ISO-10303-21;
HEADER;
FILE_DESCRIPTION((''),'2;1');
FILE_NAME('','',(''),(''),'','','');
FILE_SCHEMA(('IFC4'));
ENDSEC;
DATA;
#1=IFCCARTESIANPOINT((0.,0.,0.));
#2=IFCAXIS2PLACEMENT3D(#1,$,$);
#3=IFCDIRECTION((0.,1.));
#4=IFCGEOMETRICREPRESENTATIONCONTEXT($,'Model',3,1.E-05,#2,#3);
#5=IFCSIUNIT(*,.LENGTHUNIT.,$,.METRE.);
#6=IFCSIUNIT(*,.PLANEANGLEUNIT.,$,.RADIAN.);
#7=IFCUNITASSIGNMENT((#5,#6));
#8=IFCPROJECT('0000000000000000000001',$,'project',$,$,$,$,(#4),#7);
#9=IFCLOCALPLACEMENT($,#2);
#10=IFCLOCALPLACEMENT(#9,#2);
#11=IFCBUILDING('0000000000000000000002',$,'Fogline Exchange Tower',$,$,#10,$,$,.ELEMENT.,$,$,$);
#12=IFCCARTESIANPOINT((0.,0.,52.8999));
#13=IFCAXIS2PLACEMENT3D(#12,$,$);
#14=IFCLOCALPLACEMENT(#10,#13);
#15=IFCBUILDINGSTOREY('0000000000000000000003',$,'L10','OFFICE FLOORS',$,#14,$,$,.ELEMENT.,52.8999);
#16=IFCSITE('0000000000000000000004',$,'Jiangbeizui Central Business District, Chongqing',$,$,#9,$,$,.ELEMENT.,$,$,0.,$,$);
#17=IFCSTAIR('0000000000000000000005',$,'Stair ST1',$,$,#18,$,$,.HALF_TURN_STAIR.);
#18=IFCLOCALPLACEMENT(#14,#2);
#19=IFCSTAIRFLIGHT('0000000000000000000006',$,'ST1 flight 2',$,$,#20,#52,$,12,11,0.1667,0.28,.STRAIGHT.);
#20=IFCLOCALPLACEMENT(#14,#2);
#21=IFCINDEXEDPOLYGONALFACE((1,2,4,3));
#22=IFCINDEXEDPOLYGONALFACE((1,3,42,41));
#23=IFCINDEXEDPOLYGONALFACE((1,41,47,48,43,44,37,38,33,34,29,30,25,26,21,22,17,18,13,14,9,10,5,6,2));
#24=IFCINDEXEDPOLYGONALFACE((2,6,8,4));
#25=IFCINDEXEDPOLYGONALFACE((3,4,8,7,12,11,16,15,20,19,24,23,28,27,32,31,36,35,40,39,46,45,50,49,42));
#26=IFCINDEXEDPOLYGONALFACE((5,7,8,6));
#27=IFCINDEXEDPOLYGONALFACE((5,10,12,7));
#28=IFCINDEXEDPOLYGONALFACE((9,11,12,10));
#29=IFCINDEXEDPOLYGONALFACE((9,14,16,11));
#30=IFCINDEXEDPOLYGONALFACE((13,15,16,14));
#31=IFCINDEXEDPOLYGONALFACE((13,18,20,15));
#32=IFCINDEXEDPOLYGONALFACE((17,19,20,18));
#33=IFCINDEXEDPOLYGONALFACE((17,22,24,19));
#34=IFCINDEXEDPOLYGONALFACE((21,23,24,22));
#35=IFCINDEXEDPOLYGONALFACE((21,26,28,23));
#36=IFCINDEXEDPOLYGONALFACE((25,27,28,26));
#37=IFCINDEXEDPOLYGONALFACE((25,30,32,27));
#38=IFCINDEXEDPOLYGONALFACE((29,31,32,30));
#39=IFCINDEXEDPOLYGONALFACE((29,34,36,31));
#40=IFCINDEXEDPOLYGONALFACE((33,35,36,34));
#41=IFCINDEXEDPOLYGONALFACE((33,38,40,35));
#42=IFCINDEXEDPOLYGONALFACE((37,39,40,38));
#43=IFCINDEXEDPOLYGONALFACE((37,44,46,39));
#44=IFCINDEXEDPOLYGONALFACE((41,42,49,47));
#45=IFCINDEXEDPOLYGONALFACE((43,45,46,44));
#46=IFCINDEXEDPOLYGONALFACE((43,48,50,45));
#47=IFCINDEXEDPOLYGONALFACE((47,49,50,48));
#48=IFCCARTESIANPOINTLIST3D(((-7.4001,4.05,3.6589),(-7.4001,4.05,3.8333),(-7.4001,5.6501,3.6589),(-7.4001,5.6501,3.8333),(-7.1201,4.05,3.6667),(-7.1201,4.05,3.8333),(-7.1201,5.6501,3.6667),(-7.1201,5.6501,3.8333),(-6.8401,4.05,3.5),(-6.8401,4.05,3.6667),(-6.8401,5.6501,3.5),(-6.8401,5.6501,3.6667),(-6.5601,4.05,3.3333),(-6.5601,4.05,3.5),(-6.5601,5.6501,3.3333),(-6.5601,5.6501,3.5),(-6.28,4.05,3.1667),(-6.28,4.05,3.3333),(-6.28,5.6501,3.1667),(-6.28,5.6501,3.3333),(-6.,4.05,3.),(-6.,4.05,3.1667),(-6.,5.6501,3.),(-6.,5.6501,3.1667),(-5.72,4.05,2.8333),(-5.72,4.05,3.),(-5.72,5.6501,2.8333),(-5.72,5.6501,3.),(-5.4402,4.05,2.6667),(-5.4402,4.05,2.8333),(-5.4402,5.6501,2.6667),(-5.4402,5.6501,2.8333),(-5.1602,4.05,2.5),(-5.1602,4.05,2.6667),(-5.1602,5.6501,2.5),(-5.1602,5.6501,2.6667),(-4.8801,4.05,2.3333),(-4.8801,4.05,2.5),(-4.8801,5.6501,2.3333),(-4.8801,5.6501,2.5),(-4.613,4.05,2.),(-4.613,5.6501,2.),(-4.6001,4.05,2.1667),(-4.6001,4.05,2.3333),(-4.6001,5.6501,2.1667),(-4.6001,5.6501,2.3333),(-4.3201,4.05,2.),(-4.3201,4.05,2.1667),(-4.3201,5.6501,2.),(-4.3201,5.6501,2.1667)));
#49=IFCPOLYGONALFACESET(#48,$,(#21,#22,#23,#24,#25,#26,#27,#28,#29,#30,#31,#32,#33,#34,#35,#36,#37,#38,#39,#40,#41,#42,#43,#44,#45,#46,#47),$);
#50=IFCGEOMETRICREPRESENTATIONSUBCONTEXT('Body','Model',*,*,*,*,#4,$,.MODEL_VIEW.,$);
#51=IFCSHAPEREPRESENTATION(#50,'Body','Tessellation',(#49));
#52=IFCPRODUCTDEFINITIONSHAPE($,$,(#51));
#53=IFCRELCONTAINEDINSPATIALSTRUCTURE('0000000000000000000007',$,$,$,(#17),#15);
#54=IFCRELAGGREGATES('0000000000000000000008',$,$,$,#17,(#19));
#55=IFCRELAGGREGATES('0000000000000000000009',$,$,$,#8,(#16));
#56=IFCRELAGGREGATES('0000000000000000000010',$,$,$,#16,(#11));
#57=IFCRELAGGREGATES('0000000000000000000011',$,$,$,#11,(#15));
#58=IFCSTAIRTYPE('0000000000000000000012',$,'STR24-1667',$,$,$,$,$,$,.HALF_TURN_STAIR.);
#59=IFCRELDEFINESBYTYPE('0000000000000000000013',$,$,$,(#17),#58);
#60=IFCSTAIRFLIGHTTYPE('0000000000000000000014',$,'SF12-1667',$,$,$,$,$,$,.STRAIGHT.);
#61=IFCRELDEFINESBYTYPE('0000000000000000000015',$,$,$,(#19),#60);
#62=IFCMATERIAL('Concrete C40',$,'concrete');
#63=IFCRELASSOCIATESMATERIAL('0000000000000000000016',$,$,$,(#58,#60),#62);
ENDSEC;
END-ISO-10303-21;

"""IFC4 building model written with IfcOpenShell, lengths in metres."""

from ifc_helpers import new_model, si_unit, direction, frame, origin, place, context, subcontext, project, spatial, polyline, outline, extrude, material, type_object, element, aggregate, save


model = new_model("IFC4")

# Units and contexts
model_context = context("Model", 3, precision=1e-05, world=origin(), true_north=direction((0.0, 1.0)))
body_context = subcontext(model_context, "Body", "Model", "MODEL_VIEW")
ifc_project = project(units=[si_unit("LENGTHUNIT", "METRE"), si_unit("PLANEANGLEUNIT", "RADIAN")], contexts=[model_context])

# Site, building, storey
site_placement = place(None, origin())
site = spatial("IfcSite", under=ifc_project, at=site_placement, Name="Jiangbeizui Central Business District, Chongqing", CompositionType="ELEMENT", RefElevation=0.0)
building_placement = place(site_placement, origin())
building = spatial("IfcBuilding", under=site, at=building_placement, Name="Fogline Exchange Tower", CompositionType="ELEMENT")
storey_placement = place(building_placement, frame((0.0, 0.0, 52.8999)))
storey = spatial("IfcBuildingStorey", under=building, at=storey_placement, Name="L10", Description="OFFICE FLOORS", CompositionType="ELEMENT", Elevation=52.8999)

# Shared definitions
ifc_material_1 = material(Name="Concrete C40", Category="concrete")

# Stair, stair flight
stair_type = type_object("IfcStairType", Name="STR24-1667", PredefinedType="HALF_TURN_STAIR", material=ifc_material_1)
stair_placement = place(storey_placement, origin())
stair = element("IfcStair", 1, at=stair_placement, inside=storey, type_object=stair_type, Name="Stair ST1", PredefinedType="HALF_TURN_STAIR")
stair_flight_type = type_object("IfcStairFlightType", Name="SF12-1667", PredefinedType="STRAIGHT", material=ifc_material_1)
stair_flight_1_placement = place(storey_placement, frame((-4.3201, 4.8501, 2.0), z_axis=(0.0, 0.0, 1.0), x_axis=(-1.0, 0.0, 0.0)))
stair_flight_1 = element("IfcStairFlight", 2, at=stair_flight_1_placement, type_object=stair_flight_type, Name="ST1 flight 2", NumberOfRisers=12, NumberOfTreads=11, PredefinedType="STRAIGHT", RiserHeight=0.1667, TreadLength=0.28, context=body_context, shape_type="SweptSolid", body=[
    extrude(outline(polyline([(0.0, 0.0), (0.0, 0.1667), (0.28, 0.1667), (0.28, 0.3333), (0.5601, 0.3333), (0.5601, 0.5), (0.8401, 0.5), (0.8401, 0.6667), (1.1201, 0.6667), (1.1201, 0.8333), (1.3999, 0.8333), (1.3999, 1.0), (1.6799, 1.0), (1.6799, 1.1667), (1.96, 1.1667), (1.96, 1.3333), (2.24, 1.3333), (2.24, 1.5), (2.52, 1.5), (2.52, 1.6667), (2.8, 1.6667), (2.8, 1.8333), (3.0801, 1.8333), (3.0801, 2.0), (3.0801, 1.6589), (0.293, 0.0), (0.0, 0.0)])), frame((0.0, 0.8, 0.0), z_axis=(0.0, -1.0, 0.0), x_axis=(1.0, 0.0, 0.0)), (0.0, 0.0, 1.0), 1.6001),
])
aggregate(stair, [stair_flight_1])

save(model, "model.ifc")
